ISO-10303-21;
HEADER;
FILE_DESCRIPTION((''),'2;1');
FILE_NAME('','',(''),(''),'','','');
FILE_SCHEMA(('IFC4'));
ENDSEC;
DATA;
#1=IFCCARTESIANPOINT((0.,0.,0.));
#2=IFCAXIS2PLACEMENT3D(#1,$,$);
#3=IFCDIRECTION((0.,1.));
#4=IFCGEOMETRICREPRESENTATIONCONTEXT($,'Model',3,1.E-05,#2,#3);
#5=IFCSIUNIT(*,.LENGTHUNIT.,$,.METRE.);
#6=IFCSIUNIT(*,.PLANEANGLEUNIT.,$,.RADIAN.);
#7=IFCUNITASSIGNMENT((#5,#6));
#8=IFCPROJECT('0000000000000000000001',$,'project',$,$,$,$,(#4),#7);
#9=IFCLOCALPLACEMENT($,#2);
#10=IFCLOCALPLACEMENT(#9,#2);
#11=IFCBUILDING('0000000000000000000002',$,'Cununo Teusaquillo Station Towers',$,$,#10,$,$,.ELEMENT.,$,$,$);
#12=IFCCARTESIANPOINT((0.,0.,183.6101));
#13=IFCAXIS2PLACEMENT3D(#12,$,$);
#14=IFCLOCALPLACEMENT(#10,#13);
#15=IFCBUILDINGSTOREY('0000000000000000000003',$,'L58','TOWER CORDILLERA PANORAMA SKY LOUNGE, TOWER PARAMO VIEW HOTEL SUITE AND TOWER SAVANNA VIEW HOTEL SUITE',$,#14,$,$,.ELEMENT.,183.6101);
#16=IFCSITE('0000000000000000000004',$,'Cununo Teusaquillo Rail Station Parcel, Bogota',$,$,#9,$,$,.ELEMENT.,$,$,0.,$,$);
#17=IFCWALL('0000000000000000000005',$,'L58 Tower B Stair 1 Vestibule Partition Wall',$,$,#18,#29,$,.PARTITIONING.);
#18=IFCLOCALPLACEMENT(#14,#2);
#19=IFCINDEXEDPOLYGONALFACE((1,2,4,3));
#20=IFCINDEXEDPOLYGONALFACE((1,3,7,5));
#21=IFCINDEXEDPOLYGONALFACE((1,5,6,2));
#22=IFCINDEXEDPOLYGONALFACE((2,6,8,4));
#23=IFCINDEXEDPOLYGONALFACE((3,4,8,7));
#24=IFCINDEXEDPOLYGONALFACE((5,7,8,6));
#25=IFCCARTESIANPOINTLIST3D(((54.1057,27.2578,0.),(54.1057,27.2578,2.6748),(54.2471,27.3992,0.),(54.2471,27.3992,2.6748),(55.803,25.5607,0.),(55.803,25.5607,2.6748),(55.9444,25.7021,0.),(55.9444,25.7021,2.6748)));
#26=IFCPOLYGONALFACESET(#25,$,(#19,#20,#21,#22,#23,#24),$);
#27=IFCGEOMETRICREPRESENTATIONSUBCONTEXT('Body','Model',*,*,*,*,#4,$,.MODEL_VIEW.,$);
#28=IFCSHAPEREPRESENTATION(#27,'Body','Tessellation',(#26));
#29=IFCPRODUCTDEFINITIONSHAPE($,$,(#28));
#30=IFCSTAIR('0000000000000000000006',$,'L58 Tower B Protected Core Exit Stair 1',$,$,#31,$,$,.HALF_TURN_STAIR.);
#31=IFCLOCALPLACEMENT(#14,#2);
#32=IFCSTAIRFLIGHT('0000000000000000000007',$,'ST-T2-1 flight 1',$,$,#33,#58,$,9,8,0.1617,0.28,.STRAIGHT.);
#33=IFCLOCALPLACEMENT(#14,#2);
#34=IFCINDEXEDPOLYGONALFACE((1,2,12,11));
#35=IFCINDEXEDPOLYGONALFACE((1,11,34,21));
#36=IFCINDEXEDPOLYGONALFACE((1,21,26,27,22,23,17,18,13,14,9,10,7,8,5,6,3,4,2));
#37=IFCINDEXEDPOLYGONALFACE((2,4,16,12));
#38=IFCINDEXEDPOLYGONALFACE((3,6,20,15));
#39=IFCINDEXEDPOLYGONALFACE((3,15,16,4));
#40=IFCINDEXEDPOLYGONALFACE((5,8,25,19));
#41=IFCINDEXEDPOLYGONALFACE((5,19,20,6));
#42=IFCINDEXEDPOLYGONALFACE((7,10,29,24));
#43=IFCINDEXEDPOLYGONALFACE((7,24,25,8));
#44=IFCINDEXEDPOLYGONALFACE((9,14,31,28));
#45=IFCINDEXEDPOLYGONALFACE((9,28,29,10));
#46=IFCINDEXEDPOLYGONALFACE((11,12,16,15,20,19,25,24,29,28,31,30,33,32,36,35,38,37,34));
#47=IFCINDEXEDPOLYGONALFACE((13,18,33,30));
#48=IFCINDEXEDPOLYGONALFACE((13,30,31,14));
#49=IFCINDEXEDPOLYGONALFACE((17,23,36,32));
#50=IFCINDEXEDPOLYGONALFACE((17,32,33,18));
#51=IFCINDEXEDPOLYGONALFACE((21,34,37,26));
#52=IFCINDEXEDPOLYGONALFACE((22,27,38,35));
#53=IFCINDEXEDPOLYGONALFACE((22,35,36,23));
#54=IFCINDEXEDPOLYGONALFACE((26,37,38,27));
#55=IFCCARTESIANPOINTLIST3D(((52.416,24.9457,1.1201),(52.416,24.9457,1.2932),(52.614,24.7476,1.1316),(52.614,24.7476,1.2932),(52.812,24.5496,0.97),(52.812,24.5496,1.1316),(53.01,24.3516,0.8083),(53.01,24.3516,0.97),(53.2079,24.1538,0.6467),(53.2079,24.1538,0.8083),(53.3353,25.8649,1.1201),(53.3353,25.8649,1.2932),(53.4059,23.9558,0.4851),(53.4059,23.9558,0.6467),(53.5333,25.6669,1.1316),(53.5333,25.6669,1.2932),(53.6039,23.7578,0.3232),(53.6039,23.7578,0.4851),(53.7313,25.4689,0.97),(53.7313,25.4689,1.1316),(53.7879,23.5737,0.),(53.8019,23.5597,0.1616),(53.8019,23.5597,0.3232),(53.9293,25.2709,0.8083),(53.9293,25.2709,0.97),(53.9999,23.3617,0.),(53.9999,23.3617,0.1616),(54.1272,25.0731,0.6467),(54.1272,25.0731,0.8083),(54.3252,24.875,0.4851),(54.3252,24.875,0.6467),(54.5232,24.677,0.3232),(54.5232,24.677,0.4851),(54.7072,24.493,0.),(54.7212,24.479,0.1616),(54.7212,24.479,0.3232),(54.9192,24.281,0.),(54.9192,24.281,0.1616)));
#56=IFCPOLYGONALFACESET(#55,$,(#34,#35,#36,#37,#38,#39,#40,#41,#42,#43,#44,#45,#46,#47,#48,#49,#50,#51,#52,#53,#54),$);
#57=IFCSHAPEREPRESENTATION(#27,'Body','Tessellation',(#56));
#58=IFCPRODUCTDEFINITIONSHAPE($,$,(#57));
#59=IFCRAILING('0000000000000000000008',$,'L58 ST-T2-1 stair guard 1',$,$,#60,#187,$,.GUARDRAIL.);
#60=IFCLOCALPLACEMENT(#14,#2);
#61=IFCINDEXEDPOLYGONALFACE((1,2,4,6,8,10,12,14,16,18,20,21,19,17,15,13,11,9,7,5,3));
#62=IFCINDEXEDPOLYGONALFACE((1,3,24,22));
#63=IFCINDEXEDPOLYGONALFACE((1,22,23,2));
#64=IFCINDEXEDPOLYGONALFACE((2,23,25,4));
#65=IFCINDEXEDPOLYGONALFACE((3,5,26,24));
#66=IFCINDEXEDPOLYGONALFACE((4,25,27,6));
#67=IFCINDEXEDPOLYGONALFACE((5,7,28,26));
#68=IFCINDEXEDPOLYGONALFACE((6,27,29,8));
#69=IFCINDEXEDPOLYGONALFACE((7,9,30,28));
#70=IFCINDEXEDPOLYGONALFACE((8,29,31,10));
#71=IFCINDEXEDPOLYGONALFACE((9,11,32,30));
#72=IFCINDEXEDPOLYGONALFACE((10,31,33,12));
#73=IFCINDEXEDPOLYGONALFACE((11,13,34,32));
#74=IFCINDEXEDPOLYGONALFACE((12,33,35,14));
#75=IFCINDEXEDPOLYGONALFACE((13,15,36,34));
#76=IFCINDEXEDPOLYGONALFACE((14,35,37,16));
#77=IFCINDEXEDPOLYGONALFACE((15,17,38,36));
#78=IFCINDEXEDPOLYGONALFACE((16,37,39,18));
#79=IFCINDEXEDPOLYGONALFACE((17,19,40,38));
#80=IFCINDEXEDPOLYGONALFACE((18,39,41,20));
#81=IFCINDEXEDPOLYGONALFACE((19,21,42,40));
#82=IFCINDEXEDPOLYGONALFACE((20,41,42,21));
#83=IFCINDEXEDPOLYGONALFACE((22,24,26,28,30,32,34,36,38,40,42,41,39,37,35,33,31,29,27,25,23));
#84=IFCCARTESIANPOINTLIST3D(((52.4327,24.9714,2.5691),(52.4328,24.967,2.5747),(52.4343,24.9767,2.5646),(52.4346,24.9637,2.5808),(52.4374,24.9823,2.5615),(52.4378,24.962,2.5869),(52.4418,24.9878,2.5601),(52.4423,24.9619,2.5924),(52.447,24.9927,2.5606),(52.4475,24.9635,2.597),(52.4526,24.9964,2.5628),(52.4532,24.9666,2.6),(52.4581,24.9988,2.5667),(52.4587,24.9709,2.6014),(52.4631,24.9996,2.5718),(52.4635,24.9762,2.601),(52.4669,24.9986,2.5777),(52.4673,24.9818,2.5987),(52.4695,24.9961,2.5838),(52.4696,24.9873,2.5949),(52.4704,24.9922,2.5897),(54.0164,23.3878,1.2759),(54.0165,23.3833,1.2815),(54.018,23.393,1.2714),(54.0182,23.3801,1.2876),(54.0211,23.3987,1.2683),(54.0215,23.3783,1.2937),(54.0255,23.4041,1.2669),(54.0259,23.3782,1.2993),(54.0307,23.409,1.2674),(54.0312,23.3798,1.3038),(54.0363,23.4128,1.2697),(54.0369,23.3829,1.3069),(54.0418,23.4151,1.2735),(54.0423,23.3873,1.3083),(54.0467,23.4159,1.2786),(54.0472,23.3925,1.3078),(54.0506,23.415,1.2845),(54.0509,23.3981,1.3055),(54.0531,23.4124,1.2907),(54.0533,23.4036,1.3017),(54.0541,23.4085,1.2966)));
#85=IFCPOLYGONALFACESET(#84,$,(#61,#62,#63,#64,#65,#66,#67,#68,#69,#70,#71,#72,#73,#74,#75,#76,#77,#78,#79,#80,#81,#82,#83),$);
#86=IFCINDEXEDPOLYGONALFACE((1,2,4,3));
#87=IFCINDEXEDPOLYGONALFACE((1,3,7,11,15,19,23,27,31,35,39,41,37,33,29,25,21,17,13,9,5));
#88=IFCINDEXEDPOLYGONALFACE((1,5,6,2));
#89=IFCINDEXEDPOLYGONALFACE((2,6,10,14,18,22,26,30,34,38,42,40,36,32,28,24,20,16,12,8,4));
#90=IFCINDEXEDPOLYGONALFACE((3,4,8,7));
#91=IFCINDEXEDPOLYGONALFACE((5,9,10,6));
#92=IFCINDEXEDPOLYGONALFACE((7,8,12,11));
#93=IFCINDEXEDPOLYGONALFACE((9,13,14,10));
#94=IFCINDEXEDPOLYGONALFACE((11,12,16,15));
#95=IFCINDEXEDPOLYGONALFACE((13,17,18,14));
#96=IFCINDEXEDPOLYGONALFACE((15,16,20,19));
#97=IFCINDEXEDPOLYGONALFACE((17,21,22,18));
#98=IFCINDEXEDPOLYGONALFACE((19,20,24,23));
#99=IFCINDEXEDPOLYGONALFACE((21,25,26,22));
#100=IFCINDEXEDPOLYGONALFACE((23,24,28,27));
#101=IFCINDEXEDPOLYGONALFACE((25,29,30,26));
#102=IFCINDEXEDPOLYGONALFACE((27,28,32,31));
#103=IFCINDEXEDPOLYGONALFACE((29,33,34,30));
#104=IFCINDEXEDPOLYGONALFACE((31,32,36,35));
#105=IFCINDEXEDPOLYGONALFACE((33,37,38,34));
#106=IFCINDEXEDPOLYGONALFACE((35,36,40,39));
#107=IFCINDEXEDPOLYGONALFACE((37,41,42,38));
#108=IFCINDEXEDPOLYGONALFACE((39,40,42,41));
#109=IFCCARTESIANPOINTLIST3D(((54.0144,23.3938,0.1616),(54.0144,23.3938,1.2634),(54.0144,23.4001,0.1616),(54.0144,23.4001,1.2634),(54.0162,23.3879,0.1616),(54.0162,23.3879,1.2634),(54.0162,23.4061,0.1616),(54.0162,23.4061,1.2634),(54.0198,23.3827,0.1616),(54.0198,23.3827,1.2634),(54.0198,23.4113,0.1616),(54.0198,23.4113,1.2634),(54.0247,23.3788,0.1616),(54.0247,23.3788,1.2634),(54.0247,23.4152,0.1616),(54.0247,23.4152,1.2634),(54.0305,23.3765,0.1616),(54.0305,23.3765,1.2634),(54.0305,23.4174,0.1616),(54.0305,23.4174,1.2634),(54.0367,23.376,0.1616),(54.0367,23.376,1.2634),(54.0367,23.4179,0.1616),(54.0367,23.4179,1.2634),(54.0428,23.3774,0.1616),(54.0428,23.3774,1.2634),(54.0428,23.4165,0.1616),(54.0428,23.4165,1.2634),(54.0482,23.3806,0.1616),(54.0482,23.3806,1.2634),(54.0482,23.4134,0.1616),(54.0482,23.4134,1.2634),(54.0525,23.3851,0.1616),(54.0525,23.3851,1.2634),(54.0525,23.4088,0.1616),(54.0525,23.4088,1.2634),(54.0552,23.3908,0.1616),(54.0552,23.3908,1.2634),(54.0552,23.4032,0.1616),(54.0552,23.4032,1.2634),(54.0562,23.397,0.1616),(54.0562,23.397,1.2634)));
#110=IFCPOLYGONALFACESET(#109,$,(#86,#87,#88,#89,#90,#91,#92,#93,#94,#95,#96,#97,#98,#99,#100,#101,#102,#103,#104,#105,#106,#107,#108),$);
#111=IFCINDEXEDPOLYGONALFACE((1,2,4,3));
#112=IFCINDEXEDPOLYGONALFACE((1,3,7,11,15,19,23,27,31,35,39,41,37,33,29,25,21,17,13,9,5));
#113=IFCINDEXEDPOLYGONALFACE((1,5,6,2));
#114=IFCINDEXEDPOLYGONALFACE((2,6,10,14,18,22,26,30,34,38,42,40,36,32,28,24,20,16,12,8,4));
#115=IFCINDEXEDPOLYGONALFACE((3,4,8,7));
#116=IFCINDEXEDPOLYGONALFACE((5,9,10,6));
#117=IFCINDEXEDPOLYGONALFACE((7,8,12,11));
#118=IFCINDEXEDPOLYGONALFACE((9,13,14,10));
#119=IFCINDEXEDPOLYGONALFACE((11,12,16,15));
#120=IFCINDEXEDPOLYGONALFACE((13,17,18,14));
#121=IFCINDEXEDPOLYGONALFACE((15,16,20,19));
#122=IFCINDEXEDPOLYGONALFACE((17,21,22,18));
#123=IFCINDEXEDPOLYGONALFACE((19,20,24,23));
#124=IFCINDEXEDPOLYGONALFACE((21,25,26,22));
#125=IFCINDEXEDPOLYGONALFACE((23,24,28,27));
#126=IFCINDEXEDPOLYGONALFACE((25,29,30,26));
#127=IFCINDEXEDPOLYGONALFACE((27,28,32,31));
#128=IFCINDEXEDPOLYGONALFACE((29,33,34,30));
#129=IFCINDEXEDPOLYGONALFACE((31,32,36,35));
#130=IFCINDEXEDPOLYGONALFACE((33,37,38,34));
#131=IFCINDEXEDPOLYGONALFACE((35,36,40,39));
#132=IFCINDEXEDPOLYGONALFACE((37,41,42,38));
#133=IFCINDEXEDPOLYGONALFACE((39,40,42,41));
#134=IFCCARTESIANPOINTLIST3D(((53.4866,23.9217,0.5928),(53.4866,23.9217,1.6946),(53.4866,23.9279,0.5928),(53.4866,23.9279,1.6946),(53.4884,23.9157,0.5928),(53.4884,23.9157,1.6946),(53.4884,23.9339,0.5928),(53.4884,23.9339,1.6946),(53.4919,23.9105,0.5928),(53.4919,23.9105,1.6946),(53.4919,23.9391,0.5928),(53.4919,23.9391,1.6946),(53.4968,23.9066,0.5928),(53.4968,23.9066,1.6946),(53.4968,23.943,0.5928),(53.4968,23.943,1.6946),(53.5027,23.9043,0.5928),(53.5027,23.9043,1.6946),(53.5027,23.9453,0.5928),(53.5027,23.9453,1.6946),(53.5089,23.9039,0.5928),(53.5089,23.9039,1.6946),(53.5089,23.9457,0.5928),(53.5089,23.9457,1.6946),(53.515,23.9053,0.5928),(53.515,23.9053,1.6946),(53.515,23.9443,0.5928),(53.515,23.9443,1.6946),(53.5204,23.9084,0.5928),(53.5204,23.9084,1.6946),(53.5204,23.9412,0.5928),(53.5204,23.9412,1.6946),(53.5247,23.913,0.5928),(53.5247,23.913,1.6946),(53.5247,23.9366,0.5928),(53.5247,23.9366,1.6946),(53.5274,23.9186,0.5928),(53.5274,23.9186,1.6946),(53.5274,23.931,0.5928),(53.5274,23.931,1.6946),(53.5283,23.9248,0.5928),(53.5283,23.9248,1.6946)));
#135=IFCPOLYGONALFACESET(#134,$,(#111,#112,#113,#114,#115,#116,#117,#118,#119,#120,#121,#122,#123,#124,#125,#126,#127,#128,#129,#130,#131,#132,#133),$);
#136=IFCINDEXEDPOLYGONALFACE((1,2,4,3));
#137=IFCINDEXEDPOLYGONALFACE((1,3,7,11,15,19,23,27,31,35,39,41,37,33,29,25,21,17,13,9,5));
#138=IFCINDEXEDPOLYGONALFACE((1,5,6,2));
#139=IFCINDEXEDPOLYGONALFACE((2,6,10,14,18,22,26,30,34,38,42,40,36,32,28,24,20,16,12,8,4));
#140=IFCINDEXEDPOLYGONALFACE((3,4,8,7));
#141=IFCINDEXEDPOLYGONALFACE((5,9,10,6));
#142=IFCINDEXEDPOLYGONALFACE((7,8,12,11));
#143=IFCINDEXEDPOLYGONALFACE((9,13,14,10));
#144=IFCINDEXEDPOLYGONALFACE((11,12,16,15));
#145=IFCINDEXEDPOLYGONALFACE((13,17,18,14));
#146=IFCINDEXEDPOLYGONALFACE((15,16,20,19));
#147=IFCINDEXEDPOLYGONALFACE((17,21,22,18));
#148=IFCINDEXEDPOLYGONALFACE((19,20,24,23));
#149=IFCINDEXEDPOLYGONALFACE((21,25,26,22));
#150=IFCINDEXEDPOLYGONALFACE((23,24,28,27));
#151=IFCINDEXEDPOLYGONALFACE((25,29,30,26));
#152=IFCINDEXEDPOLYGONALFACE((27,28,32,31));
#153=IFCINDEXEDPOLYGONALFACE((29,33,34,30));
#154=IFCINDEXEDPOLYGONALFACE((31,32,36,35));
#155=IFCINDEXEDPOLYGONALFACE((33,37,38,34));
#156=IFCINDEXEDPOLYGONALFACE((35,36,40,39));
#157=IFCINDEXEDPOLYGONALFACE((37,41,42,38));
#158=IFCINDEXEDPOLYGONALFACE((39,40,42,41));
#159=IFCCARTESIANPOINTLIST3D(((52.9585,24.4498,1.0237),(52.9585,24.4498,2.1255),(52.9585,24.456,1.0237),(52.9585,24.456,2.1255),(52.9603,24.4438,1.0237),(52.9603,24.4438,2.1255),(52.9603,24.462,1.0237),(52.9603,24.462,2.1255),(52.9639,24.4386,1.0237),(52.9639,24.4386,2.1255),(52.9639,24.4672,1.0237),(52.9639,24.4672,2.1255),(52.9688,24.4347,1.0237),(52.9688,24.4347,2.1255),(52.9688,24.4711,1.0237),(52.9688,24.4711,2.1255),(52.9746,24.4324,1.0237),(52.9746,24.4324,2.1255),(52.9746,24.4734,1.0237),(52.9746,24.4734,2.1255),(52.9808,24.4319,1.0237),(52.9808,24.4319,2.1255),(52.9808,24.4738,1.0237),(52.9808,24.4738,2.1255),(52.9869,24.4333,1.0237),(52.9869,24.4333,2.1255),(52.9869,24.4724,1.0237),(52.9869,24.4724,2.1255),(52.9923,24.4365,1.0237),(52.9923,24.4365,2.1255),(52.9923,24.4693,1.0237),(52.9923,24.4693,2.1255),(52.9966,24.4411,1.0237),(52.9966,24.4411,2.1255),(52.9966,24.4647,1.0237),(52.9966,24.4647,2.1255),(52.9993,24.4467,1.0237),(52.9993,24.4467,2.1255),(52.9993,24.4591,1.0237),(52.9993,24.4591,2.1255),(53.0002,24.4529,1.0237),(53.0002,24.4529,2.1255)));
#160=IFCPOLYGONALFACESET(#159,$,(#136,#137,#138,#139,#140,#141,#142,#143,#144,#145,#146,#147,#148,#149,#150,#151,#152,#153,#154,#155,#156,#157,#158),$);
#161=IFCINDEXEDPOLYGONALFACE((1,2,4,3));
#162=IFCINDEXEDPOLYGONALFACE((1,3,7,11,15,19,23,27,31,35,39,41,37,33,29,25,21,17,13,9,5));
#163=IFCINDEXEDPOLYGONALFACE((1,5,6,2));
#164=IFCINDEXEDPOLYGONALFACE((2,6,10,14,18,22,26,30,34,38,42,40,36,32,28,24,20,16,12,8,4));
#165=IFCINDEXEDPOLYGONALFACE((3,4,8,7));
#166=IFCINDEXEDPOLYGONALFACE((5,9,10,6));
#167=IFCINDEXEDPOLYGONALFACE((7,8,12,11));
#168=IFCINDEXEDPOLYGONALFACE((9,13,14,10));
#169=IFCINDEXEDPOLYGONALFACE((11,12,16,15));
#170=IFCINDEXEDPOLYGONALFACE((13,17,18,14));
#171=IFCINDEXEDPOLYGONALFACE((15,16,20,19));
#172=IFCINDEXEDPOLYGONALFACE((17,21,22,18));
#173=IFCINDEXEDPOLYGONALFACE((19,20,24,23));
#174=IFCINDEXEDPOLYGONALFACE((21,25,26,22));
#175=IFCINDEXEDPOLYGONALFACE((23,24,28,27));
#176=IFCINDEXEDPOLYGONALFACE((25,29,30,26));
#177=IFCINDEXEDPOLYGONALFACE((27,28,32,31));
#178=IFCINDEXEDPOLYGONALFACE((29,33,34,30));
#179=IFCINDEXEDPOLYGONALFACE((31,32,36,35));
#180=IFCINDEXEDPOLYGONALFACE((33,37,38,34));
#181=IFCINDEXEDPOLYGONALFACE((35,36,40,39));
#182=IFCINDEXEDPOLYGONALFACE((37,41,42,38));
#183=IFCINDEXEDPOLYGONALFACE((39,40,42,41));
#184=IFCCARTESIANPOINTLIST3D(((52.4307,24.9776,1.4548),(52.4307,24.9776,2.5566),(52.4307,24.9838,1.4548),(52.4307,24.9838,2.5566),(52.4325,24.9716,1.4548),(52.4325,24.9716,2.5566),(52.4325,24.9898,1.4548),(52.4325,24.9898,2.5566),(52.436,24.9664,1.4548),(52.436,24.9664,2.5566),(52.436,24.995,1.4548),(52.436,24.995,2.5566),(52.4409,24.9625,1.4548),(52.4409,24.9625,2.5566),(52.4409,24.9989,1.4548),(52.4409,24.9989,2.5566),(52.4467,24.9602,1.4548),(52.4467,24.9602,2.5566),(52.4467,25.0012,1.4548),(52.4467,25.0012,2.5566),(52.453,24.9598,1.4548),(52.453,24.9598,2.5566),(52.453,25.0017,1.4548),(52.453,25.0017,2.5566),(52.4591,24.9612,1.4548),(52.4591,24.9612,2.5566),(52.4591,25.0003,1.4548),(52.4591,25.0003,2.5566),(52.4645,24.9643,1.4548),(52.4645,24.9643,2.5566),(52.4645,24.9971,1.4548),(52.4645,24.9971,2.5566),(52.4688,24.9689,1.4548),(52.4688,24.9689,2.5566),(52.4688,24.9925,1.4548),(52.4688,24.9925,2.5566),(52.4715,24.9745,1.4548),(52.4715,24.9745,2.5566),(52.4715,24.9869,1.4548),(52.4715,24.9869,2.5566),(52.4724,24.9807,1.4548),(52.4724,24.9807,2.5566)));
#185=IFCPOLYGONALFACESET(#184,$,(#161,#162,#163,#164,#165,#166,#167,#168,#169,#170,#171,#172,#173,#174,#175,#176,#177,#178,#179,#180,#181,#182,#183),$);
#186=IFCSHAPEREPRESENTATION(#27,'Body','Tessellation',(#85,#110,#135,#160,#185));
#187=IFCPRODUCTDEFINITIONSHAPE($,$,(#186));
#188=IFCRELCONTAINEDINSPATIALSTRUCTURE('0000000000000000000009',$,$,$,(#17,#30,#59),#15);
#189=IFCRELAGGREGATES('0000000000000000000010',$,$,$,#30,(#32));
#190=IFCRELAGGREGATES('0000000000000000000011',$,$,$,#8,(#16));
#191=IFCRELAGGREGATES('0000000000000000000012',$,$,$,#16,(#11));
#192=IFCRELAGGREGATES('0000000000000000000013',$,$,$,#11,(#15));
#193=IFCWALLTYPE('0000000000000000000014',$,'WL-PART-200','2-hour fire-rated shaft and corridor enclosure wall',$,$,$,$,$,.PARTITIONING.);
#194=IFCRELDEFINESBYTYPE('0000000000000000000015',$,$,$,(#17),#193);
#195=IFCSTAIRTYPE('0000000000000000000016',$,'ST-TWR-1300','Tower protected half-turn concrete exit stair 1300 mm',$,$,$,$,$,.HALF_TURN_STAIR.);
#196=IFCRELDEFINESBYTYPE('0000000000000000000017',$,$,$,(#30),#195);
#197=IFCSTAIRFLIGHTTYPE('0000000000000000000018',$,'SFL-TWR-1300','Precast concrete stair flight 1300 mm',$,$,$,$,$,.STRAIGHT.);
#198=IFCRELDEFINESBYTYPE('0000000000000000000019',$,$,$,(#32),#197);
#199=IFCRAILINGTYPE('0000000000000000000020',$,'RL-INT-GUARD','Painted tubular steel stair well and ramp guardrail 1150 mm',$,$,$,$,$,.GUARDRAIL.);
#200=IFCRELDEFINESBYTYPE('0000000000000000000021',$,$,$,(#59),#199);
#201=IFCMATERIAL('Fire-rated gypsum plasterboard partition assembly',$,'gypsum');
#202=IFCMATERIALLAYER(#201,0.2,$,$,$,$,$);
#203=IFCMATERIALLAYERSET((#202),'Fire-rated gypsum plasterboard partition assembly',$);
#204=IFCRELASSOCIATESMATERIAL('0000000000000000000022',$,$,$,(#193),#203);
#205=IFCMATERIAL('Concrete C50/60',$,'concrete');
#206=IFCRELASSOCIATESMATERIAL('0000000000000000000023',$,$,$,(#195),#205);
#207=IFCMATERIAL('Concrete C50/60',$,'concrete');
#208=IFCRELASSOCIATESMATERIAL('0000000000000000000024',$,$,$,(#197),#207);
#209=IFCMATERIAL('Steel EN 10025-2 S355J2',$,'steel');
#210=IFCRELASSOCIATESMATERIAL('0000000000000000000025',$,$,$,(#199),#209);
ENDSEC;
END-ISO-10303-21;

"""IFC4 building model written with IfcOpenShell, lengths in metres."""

from ifc_helpers import new_model, si_unit, direction, frame, frame_2d, origin, origin_2d, place, context, subcontext, project, spatial, polyline, rectangle, circle, outline, extrude, material, layer, layer_set, type_object, element, aggregate, save


model = new_model("IFC4")

# Units and contexts
model_context = context("Model", 3, precision=1e-05, world=origin(), true_north=direction((0.0, 1.0)))
body_context = subcontext(model_context, "Body", "Model", "MODEL_VIEW")
ifc_project = project(units=[si_unit("LENGTHUNIT", "METRE"), si_unit("PLANEANGLEUNIT", "RADIAN")], contexts=[model_context])

# Site, building, storey
site_placement = place(None, origin())
site = spatial("IfcSite", under=ifc_project, at=site_placement, Name="Cununo Teusaquillo Rail Station Parcel, Bogota", CompositionType="ELEMENT", RefElevation=0.0)
building_placement = place(site_placement, origin())
building = spatial("IfcBuilding", under=site, at=building_placement, Name="Cununo Teusaquillo Station Towers", CompositionType="ELEMENT")
storey_placement = place(building_placement, frame((0.0, 0.0, 183.6101)))
storey = spatial("IfcBuildingStorey", under=building, at=storey_placement, Name="L58", Description="TOWER CORDILLERA PANORAMA SKY LOUNGE, TOWER PARAMO VIEW HOTEL SUITE AND TOWER SAVANNA VIEW HOTEL SUITE", CompositionType="ELEMENT", Elevation=183.6101)

# Shared definitions
ifc_material_1 = material(Name="Fire-rated gypsum plasterboard partition assembly", Category="gypsum")
ifc_layer_1 = layer(ifc_material_1, 0.2)
ifc_layer_set_1 = layer_set([ifc_layer_1], Name="Fire-rated gypsum plasterboard partition assembly")
wall_type_1 = type_object("IfcWallType", Name="WL-PART-200", Description="2-hour fire-rated shaft and corridor enclosure wall", PredefinedType="PARTITIONING", material=ifc_layer_set_1)

# Wall
wall_1_placement = place(storey_placement, frame((55.8738, 25.6313, 0.0), z_axis=(0.0, 0.0, 1.0), x_axis=(-0.707158, 0.707056, 0.0)))
element("IfcWall", 1, at=wall_1_placement, inside=storey, type_object=wall_type_1, Name="L58 Tower B Stair 1 Vestibule Partition Wall", PredefinedType="PARTITIONING", context=body_context, shape_type="SweptSolid", body=[
    extrude(rectangle(XDim=2.4001, YDim=0.2, at=frame_2d((1.2002, 0.0))), origin(), (0.0, 0.0, 1.0), 2.6748),
])

# Stair, stair flight
ifc_material_2 = material(Name="Concrete C50/60", Category="concrete")
stair_type = type_object("IfcStairType", Name="ST-TWR-1300", Description="Tower protected half-turn concrete exit stair 1300 mm", PredefinedType="HALF_TURN_STAIR", material=ifc_material_2)
stair_placement = place(storey_placement, origin())
stair = element("IfcStair", 2, at=stair_placement, inside=storey, type_object=stair_type, Name="L58 Tower B Protected Core Exit Stair 1", PredefinedType="HALF_TURN_STAIR")
ifc_material_3 = material(Name="Concrete C50/60", Category="concrete")
stair_flight_type = type_object("IfcStairFlightType", Name="SFL-TWR-1300", Description="Precast concrete stair flight 1300 mm", PredefinedType="STRAIGHT", material=ifc_material_3)
stair_flight_placement = place(storey_placement, frame((54.4595, 23.8213, 0.0), z_axis=(0.0, 0.0, 1.0), x_axis=(-0.707107, 0.707107, 0.0)))
stair_flight = element("IfcStairFlight", 3, at=stair_flight_placement, type_object=stair_flight_type, Name="ST-T2-1 flight 1", NumberOfRisers=9, NumberOfTreads=8, PredefinedType="STRAIGHT", RiserHeight=0.1617, TreadLength=0.28, context=body_context, shape_type="SweptSolid", body=[
    extrude(outline(polyline([(0.0, 0.0), (0.0, 0.1616), (0.28, 0.1616), (0.28, 0.3232), (0.5601, 0.3232), (0.5601, 0.4851), (0.8401, 0.4851), (0.8401, 0.6467), (1.1201, 0.6467), (1.1201, 0.8083), (1.3999, 0.8083), (1.3999, 0.97), (1.6799, 0.97), (1.6799, 1.1316), (1.96, 1.1316), (1.96, 1.2932), (2.24, 1.2932), (2.24, 1.4551), (2.24, 1.1201), (0.2998, 0.0), (0.0, 0.0)])), frame((0.0, 0.6499, 0.0), z_axis=(0.0, -1.0, 0.0), x_axis=(1.0, 0.0, 0.0)), (0.0, 0.0, 1.0), 1.3),
])
aggregate(stair, [stair_flight])

# Railing
ifc_material_4 = material(Name="Steel EN 10025-2 S355J2", Category="steel")
railing_type_1 = type_object("IfcRailingType", Name="RL-INT-GUARD", Description="Painted tubular steel stair well and ramp guardrail 1150 mm", PredefinedType="GUARDRAIL", material=ifc_material_4)
railing_1_placement = place(storey_placement, frame((54.0352, 23.397, 0.1616)))
element("IfcRailing", 4, at=railing_1_placement, inside=storey, type_object=railing_type_1, Name="L58 ST-T2-1 stair guard 1", PredefinedType="GUARDRAIL", context=body_context, shape_type="SweptSolid", body=[
    extrude(circle(Radius=0.0239, at=origin_2d()), frame((0.0, 0.0, 1.126), z_axis=(-0.612361, 0.612361, 0.500027), x_axis=(-0.707107, -0.707107, 0.0)), (0.0, 0.0, 1.0), 2.5862),
    extrude(circle(Radius=0.021, at=origin_2d()), origin(), (0.0, 0.0, 1.0), 1.1018),
    extrude(circle(Radius=0.021, at=origin_2d()), frame((-0.5278, 0.5278, 0.4312)), (0.0, 0.0, 1.0), 1.1018),
    extrude(circle(Radius=0.021, at=origin_2d()), frame((-1.0559, 1.0559, 0.8621)), (0.0, 0.0, 1.0), 1.1018),
    extrude(circle(Radius=0.021, at=origin_2d()), frame((-1.5837, 1.5837, 1.2932)), (0.0, 0.0, 1.0), 1.1018),
])

save(model, "model.ifc")
